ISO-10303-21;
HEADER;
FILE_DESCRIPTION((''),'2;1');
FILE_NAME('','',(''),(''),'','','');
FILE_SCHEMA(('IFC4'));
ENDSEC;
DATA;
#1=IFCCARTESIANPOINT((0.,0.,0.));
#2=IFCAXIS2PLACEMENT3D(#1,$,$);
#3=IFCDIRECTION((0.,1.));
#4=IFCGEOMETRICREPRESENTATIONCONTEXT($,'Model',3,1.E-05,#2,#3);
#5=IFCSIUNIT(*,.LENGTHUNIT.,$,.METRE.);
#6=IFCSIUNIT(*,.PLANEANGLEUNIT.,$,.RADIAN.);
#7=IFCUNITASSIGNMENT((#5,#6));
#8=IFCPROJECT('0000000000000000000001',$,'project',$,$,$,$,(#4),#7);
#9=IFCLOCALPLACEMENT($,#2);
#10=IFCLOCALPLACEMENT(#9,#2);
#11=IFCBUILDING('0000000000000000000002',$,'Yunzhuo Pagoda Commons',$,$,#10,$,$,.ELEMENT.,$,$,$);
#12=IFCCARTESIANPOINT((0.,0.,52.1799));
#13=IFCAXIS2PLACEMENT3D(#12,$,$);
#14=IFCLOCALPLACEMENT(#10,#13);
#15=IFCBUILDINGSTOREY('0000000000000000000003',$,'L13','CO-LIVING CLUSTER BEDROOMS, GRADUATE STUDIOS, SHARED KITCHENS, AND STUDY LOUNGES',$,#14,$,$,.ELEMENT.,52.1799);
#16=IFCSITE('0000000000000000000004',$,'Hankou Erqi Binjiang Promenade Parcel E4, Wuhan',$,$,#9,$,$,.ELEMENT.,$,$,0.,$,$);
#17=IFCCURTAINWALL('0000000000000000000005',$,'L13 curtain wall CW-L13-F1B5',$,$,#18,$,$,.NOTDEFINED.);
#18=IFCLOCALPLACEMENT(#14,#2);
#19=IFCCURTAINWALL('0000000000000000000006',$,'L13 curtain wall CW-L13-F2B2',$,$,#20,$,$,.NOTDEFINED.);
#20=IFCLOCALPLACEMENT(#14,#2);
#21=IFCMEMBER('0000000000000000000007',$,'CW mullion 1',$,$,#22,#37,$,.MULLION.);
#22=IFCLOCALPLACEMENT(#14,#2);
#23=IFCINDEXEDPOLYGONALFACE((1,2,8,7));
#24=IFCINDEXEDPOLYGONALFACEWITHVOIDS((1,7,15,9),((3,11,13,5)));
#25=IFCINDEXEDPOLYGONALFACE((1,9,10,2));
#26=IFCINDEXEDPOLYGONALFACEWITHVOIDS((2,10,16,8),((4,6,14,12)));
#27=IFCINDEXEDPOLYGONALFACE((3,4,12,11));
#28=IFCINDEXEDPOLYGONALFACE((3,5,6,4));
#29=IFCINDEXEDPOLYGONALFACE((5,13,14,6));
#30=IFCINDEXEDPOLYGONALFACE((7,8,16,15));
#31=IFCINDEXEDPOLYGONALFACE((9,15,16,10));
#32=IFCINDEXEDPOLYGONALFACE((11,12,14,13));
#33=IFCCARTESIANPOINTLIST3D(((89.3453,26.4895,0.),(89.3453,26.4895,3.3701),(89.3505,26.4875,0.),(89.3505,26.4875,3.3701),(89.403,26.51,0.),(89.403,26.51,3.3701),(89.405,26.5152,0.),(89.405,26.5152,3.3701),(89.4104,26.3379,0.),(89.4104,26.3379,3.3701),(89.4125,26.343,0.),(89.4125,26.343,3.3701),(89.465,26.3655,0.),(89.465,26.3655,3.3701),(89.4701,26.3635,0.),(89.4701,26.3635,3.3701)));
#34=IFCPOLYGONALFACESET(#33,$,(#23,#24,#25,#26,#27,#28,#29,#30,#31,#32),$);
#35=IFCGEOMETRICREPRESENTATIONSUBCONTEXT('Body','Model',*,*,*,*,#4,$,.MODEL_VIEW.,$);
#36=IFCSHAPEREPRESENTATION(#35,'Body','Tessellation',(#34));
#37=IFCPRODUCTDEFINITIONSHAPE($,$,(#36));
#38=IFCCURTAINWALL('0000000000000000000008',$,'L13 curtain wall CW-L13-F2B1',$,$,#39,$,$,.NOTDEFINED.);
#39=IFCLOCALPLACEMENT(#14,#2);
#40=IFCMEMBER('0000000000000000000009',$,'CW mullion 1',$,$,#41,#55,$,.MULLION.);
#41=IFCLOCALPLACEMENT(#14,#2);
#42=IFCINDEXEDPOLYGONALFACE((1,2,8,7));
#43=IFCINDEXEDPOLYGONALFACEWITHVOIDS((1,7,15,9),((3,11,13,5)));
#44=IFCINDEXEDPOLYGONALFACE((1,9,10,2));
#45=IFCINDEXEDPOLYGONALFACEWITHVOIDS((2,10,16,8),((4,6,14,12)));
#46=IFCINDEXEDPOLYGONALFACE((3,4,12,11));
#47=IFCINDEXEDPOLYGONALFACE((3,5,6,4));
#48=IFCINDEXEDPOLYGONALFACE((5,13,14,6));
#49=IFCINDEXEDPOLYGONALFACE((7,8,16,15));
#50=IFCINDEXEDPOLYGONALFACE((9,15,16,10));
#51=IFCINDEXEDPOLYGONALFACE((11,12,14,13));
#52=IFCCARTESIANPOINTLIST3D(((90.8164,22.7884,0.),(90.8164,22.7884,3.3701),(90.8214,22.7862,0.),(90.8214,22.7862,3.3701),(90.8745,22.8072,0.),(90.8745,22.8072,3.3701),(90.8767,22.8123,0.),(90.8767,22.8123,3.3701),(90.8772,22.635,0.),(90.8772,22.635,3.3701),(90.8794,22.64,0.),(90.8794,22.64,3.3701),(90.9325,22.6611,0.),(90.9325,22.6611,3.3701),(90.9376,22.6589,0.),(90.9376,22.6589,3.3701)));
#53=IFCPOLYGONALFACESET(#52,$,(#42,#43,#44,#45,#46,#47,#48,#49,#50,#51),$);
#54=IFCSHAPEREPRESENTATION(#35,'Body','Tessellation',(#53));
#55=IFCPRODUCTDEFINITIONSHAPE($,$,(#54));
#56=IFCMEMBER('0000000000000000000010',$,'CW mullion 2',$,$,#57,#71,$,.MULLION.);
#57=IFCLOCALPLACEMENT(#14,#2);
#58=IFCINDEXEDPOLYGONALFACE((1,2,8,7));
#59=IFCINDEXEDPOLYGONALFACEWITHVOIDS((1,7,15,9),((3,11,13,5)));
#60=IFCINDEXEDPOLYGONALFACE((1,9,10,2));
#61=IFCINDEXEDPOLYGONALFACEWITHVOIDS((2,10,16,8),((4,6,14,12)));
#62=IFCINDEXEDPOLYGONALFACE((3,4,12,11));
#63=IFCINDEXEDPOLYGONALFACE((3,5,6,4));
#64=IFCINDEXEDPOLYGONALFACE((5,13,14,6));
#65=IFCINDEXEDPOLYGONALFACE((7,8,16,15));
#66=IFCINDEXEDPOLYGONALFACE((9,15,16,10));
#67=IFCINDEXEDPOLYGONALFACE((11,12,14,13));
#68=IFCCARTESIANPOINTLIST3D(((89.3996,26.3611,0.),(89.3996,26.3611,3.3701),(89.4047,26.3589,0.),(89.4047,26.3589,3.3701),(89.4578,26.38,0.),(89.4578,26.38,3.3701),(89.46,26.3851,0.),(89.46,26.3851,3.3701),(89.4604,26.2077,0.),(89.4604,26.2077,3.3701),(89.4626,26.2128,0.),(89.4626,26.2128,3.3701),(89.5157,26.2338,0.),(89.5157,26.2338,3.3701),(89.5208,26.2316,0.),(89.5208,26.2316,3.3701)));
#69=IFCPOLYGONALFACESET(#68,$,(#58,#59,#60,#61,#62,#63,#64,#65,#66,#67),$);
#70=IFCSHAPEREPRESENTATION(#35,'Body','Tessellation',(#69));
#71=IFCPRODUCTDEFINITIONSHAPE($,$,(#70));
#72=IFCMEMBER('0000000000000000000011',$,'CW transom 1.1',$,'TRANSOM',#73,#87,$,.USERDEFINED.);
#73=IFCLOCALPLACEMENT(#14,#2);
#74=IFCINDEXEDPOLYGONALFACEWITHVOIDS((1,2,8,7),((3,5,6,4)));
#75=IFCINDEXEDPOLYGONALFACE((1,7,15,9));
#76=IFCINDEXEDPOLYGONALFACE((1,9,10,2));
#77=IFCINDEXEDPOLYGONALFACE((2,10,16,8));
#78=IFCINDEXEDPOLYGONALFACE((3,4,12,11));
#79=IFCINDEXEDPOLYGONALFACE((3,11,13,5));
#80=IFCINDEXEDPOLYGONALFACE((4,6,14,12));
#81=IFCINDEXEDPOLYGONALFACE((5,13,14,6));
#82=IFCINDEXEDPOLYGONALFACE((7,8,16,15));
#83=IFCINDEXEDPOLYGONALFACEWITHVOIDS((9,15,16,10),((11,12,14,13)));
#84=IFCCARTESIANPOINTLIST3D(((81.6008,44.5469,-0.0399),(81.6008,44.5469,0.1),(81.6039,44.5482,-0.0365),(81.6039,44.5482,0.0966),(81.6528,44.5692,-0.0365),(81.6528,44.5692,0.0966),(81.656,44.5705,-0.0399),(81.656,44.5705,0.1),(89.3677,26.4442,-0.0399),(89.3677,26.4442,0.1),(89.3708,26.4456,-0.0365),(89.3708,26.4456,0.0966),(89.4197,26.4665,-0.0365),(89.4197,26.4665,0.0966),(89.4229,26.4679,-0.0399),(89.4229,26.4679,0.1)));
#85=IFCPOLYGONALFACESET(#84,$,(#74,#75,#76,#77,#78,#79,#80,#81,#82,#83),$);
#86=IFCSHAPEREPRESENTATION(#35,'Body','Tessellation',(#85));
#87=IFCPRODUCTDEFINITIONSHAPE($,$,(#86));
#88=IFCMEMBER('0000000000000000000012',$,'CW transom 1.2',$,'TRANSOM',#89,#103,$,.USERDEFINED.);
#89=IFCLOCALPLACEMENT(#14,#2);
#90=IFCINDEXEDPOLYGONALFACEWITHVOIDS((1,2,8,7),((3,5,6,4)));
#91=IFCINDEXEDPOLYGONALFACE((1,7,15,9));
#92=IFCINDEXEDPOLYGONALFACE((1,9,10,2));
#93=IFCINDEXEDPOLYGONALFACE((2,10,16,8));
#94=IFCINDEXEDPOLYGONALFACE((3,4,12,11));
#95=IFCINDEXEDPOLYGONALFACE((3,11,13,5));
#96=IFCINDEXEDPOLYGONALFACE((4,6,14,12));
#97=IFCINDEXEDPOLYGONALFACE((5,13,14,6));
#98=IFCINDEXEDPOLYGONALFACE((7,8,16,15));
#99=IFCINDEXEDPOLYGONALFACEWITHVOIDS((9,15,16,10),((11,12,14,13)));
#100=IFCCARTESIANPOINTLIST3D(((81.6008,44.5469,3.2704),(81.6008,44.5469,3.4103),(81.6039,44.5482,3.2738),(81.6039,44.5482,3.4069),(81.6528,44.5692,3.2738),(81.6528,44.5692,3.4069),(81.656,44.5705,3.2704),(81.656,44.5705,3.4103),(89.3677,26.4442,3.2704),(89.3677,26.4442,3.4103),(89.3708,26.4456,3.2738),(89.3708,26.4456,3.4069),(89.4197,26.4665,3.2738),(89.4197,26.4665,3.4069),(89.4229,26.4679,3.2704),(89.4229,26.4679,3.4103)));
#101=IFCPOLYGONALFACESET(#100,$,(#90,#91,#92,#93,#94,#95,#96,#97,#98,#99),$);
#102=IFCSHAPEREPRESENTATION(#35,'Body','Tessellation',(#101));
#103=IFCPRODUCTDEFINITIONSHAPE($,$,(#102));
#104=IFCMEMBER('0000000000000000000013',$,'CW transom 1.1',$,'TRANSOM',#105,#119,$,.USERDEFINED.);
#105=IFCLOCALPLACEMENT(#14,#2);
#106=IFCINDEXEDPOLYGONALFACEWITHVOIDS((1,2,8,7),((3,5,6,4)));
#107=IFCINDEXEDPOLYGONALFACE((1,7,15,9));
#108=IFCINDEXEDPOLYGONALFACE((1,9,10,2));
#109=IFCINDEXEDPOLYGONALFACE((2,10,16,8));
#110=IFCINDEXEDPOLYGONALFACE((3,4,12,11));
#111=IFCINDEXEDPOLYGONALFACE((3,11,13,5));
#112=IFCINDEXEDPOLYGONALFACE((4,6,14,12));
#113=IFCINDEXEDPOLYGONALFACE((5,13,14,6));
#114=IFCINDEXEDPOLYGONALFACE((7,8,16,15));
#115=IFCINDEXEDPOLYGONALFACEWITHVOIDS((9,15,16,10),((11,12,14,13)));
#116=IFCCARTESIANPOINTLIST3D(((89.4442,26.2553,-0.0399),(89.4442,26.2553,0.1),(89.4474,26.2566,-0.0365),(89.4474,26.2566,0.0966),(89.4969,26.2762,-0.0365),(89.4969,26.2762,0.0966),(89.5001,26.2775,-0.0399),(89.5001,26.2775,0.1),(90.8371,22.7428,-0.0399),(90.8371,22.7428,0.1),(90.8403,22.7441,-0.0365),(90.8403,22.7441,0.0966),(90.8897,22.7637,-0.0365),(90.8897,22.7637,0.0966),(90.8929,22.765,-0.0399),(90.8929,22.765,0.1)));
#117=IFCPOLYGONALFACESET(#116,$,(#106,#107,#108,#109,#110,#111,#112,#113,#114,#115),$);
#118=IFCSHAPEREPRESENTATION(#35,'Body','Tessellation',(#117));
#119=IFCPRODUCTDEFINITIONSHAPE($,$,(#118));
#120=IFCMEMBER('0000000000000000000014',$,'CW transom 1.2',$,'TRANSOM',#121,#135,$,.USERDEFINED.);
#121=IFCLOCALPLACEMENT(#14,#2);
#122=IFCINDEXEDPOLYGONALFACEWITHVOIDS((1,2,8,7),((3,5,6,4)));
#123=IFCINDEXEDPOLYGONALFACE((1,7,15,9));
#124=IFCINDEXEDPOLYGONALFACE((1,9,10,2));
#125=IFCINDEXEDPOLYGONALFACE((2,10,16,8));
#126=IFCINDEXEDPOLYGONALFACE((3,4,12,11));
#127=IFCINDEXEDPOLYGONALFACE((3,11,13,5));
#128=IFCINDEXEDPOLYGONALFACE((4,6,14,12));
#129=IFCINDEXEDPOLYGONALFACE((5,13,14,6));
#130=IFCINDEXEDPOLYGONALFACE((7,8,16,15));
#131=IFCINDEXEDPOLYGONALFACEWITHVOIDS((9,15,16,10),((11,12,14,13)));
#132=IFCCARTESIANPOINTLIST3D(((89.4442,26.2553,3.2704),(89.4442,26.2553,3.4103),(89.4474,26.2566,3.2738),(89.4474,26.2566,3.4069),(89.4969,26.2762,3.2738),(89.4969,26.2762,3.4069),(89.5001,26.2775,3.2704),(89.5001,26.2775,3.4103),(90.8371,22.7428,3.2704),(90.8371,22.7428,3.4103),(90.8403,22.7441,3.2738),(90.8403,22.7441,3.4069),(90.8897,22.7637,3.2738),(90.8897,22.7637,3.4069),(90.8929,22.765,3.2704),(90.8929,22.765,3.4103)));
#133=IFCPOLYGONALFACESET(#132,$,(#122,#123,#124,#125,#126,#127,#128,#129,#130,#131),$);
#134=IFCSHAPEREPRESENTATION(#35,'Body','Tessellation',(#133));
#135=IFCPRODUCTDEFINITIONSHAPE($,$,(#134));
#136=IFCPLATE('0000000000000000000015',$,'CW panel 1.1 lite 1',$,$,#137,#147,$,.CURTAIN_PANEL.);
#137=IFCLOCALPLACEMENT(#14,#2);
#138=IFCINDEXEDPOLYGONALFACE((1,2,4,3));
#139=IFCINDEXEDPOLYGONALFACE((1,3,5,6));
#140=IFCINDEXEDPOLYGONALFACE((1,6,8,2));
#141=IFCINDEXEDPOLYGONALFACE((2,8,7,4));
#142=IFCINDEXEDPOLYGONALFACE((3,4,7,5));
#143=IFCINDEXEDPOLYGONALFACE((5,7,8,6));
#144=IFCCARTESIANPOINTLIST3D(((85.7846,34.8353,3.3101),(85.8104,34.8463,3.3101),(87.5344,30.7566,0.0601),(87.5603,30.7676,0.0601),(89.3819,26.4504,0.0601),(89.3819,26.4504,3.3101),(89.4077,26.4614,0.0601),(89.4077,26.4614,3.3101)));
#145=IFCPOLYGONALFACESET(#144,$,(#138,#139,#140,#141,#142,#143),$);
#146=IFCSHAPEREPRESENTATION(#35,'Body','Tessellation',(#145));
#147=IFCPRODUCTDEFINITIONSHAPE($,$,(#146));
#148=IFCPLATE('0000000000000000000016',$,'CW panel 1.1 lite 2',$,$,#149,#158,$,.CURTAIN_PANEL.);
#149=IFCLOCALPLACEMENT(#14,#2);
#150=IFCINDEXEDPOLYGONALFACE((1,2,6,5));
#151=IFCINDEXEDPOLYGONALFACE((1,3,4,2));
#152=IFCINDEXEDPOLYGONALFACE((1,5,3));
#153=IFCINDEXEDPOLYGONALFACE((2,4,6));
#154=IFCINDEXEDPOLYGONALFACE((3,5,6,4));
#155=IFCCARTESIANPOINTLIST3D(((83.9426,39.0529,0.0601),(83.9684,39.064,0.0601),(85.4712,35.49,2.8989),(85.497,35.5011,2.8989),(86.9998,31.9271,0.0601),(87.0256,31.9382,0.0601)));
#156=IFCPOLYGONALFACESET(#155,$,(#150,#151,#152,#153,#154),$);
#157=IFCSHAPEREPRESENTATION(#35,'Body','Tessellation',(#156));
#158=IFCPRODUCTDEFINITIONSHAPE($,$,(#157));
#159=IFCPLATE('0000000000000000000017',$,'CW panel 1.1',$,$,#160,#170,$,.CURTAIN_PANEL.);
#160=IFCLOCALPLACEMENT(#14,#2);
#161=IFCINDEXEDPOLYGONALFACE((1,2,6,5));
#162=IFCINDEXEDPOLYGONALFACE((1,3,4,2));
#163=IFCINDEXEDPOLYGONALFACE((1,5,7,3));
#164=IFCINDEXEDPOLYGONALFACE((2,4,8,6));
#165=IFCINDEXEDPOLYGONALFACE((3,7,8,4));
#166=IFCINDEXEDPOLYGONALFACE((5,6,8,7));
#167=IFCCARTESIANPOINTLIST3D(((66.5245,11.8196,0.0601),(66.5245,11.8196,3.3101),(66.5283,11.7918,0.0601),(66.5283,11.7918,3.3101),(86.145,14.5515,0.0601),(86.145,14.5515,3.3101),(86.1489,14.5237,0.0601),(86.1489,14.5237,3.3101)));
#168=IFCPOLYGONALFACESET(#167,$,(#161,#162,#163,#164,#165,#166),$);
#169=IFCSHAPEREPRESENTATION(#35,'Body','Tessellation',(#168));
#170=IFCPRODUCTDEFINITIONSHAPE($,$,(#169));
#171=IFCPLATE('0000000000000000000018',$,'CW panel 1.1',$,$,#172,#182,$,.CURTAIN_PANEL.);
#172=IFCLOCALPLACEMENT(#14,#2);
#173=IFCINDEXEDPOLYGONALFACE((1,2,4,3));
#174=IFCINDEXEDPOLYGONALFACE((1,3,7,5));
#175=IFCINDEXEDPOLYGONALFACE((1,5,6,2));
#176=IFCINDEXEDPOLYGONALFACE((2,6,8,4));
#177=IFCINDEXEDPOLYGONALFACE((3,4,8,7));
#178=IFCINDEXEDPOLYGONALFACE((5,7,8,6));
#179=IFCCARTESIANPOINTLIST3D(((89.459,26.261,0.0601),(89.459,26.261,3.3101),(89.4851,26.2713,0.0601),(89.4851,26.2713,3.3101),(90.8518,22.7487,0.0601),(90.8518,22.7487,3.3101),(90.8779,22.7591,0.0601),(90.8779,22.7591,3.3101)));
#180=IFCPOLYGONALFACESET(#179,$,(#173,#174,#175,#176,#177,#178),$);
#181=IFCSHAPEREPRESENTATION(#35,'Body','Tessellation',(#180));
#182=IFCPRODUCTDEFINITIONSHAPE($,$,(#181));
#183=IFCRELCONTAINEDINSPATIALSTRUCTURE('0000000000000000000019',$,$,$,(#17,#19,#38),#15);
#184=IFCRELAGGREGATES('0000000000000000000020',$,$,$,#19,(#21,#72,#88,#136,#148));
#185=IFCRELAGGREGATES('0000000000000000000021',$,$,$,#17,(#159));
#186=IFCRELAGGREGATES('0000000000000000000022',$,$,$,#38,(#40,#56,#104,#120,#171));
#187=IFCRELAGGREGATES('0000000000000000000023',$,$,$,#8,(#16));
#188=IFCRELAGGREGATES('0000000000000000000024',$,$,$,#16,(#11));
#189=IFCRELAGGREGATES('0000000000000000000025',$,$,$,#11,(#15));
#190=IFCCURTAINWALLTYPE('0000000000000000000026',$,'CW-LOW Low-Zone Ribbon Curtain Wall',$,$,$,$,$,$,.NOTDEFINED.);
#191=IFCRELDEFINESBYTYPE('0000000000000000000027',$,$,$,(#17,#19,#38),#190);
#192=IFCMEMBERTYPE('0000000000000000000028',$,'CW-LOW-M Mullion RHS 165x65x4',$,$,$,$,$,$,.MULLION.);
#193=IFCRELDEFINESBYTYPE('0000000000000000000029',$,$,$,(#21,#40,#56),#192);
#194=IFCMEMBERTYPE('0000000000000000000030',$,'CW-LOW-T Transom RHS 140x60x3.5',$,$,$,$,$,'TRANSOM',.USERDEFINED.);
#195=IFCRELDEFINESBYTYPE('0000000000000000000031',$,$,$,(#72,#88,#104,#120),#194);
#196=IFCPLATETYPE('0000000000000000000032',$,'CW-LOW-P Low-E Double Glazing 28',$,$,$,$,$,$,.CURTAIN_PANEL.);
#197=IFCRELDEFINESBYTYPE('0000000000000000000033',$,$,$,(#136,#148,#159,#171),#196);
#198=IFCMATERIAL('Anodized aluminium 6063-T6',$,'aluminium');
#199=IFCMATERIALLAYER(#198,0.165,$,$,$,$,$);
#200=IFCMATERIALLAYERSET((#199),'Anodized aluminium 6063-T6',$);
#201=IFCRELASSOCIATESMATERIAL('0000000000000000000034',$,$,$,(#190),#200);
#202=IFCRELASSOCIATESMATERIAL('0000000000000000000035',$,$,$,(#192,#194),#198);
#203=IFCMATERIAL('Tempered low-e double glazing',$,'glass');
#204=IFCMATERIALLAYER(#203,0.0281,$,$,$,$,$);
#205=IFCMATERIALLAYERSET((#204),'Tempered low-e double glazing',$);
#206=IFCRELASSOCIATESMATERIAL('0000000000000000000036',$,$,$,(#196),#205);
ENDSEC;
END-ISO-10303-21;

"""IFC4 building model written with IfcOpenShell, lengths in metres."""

from ifc_helpers import new_model, si_unit, direction, frame, origin, origin_2d, place, context, subcontext, project, spatial, polyline, rectangle, hollow_rectangle, outline, extrude, source, transform, mapped, material, layer, layer_set, material_profile, profile_set, type_object, element, aggregate, save


model = new_model("IFC4")

# Units and contexts
model_context = context("Model", 3, precision=1e-05, world=origin(), true_north=direction((0.0, 1.0)))
body_context = subcontext(model_context, "Body", "Model", "MODEL_VIEW")
ifc_project = project(units=[si_unit("LENGTHUNIT", "METRE"), si_unit("PLANEANGLEUNIT", "RADIAN")], contexts=[model_context])

# Site, building, storey
site_placement = place(None, origin())
site = spatial("IfcSite", under=ifc_project, at=site_placement, Name="Hankou Erqi Binjiang Promenade Parcel E4, Wuhan", CompositionType="ELEMENT", RefElevation=0.0)
building_placement = place(site_placement, origin())
building = spatial("IfcBuilding", under=site, at=building_placement, Name="Yunzhuo Pagoda Commons", CompositionType="ELEMENT")
storey_placement = place(building_placement, frame((0.0, 0.0, 52.1799)))
storey = spatial("IfcBuildingStorey", under=building, at=storey_placement, Name="L13", Description="CO-LIVING CLUSTER BEDROOMS, GRADUATE STUDIOS, SHARED KITCHENS, AND STUDY LOUNGES", CompositionType="ELEMENT", Elevation=52.1799)

# Curtain walls, member
ifc_material_1 = material(Name="Anodized aluminium 6063-T6", Category="aluminium")
ifc_layer_1 = layer(ifc_material_1, 0.165)
ifc_layer_set_1 = layer_set([ifc_layer_1], Name="Anodized aluminium 6063-T6")
curtain_wall_type = type_object("IfcCurtainWallType", Name="CW-LOW Low-Zone Ribbon Curtain Wall", PredefinedType="NOTDEFINED", material=ifc_layer_set_1)
curtain_wall_1_placement = place(storey_placement, origin())
curtain_wall_1 = element("IfcCurtainWall", 1, at=curtain_wall_1_placement, inside=storey, type_object=curtain_wall_type, Name="L13 curtain wall CW-L13-F1B5", PredefinedType="NOTDEFINED")
ifc_material_profile_1 = material_profile(ifc_material_1, hollow_rectangle(XDim=0.0649, YDim=0.165, WallThickness=0.0039, at=origin_2d()), Name="Anodized aluminium 6063-T6")
ifc_profile_set_1 = profile_set([ifc_material_profile_1], Name="Anodized aluminium 6063-T6")
member_type_1 = type_object("IfcMemberType", Name="CW-LOW-M Mullion RHS 165x65x4", PredefinedType="MULLION", material=ifc_profile_set_1)
shared_shape_1 = source(origin(), body_context, "Body", "SweptSolid", [
    extrude(hollow_rectangle(XDim=0.0649, YDim=0.165, WallThickness=0.0039, at=origin_2d()), origin(), (0.0, 0.0, 1.0), 3.3701),
])
curtain_wall_2_placement = place(storey_placement, origin())
curtain_wall_2 = element("IfcCurtainWall", 2, at=curtain_wall_2_placement, inside=storey, type_object=curtain_wall_type, Name="L13 curtain wall CW-L13-F2B2", PredefinedType="NOTDEFINED")
member_1_placement = place(storey_placement, frame((89.4077, 26.4265, 0.0), z_axis=(0.0, 0.0, 1.0), x_axis=(-0.918993, -0.394274, 0.0)))
member_1 = element("IfcMember", 3, at=member_1_placement, type_object=member_type_1, Name="CW mullion 1", PredefinedType="MULLION", context=body_context, shape_type="MappedRepresentation", body=[
    mapped(shared_shape_1, transform((0.0, 0.0, 0.0), scale=1.0)),
])

# Curtain wall, members
curtain_wall_3_placement = place(storey_placement, origin())
curtain_wall_3 = element("IfcCurtainWall", 4, at=curtain_wall_3_placement, inside=storey, type_object=curtain_wall_type, Name="L13 curtain wall CW-L13-F2B1", PredefinedType="NOTDEFINED")
member_2_placement = place(storey_placement, frame((90.877, 22.7236, 0.0), z_axis=(0.0, 0.0, 1.0), x_axis=(-0.929582, -0.368614, 0.0)))
member_2 = element("IfcMember", 5, at=member_2_placement, type_object=member_type_1, Name="CW mullion 1", PredefinedType="MULLION", context=body_context, shape_type="MappedRepresentation", body=[
    mapped(shared_shape_1, transform((0.0, 0.0, 0.0), scale=1.0)),
])
member_3_placement = place(storey_placement, frame((89.4602, 26.2964, 0.0), z_axis=(0.0, 0.0, 1.0), x_axis=(-0.929582, -0.368614, 0.0)))
member_3 = element("IfcMember", 6, at=member_3_placement, type_object=member_type_1, Name="CW mullion 2", PredefinedType="MULLION", context=body_context, shape_type="MappedRepresentation", body=[
    mapped(shared_shape_1, transform((0.0, 0.0, 0.0), scale=1.0)),
])

# Members
ifc_material_profile_2 = material_profile(ifc_material_1, hollow_rectangle(XDim=0.0601, YDim=0.1399, WallThickness=0.0034, at=origin_2d()), Name="Anodized aluminium 6063-T6")
ifc_profile_set_2 = profile_set([ifc_material_profile_2], Name="Anodized aluminium 6063-T6")
member_type_2 = type_object("IfcMemberType", Name="CW-LOW-T Transom RHS 140x60x3.5", ElementType="TRANSOM", PredefinedType="USERDEFINED", material=ifc_profile_set_2)
shared_shape_2 = source(origin(), body_context, "Body", "SweptSolid", [
    extrude(hollow_rectangle(XDim=0.0601, YDim=0.1399, WallThickness=0.0034, at=origin_2d()), origin(), (0.0, 0.0, 1.0), 19.6985),
])
member_4_placement = place(storey_placement, frame((89.3953, 26.4561, 0.03), z_axis=(-0.394289, 0.918987, 0.0), x_axis=(-0.918987, -0.394289, 0.0)))
member_4 = element("IfcMember", 7, at=member_4_placement, type_object=member_type_2, Name="CW transom 1.1", ObjectType="TRANSOM", PredefinedType="USERDEFINED", context=body_context, shape_type="MappedRepresentation", body=[
    mapped(shared_shape_2, transform((0.0, 0.0, 0.0), scale=1.0)),
])
member_5_placement = place(storey_placement, frame((89.3953, 26.4561, 3.3403), z_axis=(-0.394289, 0.918987, 0.0), x_axis=(-0.918987, -0.394289, 0.0)))
member_5 = element("IfcMember", 8, at=member_5_placement, type_object=member_type_2, Name="CW transom 1.2", ObjectType="TRANSOM", PredefinedType="USERDEFINED", context=body_context, shape_type="MappedRepresentation", body=[
    mapped(shared_shape_2, transform((0.0, 0.0, 0.0), scale=1.0)),
])
shared_shape_3 = source(origin(), body_context, "Body", "SweptSolid", [
    extrude(hollow_rectangle(XDim=0.0601, YDim=0.1399, WallThickness=0.0034, at=origin_2d()), origin(), (0.0, 0.0, 1.0), 3.7786),
])
member_6_placement = place(storey_placement, frame((90.865, 22.7539, 0.03), z_axis=(-0.368615, 0.929582, 0.0), x_axis=(-0.929582, -0.368615, 0.0)))
member_6 = element("IfcMember", 9, at=member_6_placement, type_object=member_type_2, Name="CW transom 1.1", ObjectType="TRANSOM", PredefinedType="USERDEFINED", context=body_context, shape_type="MappedRepresentation", body=[
    mapped(shared_shape_3, transform((0.0, 0.0, 0.0), scale=1.0)),
])
member_7_placement = place(storey_placement, frame((90.865, 22.7539, 3.3403), z_axis=(-0.368615, 0.929582, 0.0), x_axis=(-0.929582, -0.368615, 0.0)))
member_7 = element("IfcMember", 10, at=member_7_placement, type_object=member_type_2, Name="CW transom 1.2", ObjectType="TRANSOM", PredefinedType="USERDEFINED", context=body_context, shape_type="MappedRepresentation", body=[
    mapped(shared_shape_3, transform((0.0, 0.0, 0.0), scale=1.0)),
])

# Plates
ifc_material_2 = material(Name="Tempered low-e double glazing", Category="glass")
ifc_layer_2 = layer(ifc_material_2, 0.0281)
ifc_layer_set_2 = layer_set([ifc_layer_2], Name="Tempered low-e double glazing")
plate_type = type_object("IfcPlateType", Name="CW-LOW-P Low-E Double Glazing 28", PredefinedType="CURTAIN_PANEL", material=ifc_layer_set_2)
plate_1_placement = place(storey_placement, frame((87.5833, 30.6428, 1.6851), z_axis=(0.918993, 0.394274, 0.0), x_axis=(-0.394274, 0.918993, 0.0)))
plate_1 = element("IfcPlate", 11, at=plate_1_placement, type_object=plate_type, Name="CW panel 1.1 lite 1", PredefinedType="CURTAIN_PANEL", context=body_context, shape_type="SweptSolid", body=[
    extrude(outline(polyline([(-4.562, -1.625), (0.1238, -1.625), (4.562, 1.625), (-4.562, 1.625), (-4.562, -1.625)])), origin(), (0.0, 0.0, 1.0), 0.0281),
])
plate_2_placement = place(storey_placement, frame((85.4712, 35.49, 1.4795), z_axis=(0.918993, 0.394274, 0.0), x_axis=(-0.394274, 0.918993, 0.0)))
plate_2 = element("IfcPlate", 12, at=plate_2_placement, type_object=plate_type, Name="CW panel 1.1 lite 2", PredefinedType="CURTAIN_PANEL", context=body_context, shape_type="SweptSolid", body=[
    extrude(outline(polyline([(-3.877, -1.4194), (3.877, -1.4194), (0.0, 1.4194), (-3.877, -1.4194)])), origin(), (0.0, 0.0, 1.0), 0.0281),
])
aggregate(curtain_wall_2, [member_1, member_4, member_5, plate_1, plate_2])
shared_shape_4 = source(origin(), body_context, "Body", "SweptSolid", [
    extrude(rectangle(XDim=19.8098, YDim=0.0281, at=origin_2d()), origin(), (0.0, 0.0, 1.0), 3.25),
])
plate_3_placement = place(storey_placement, frame((76.3367, 13.1716, 0.0601), z_axis=(0.0, 0.0, 1.0), x_axis=(0.990445, 0.137905, 0.0)))
plate_3 = element("IfcPlate", 13, at=plate_3_placement, type_object=plate_type, Name="CW panel 1.1", PredefinedType="CURTAIN_PANEL", context=body_context, shape_type="MappedRepresentation", body=[
    mapped(shared_shape_4, transform((0.0, 0.0, 0.0), scale=1.0)),
])
aggregate(curtain_wall_1, [plate_3])
shared_shape_5 = source(origin(), body_context, "Body", "SweptSolid", [
    extrude(rectangle(XDim=3.7783, YDim=0.0281, at=origin_2d()), origin(), (0.0, 0.0, 1.0), 3.25),
])
plate_4_placement = place(storey_placement, frame((90.1685, 24.51, 0.0601), z_axis=(0.0, 0.0, 1.0), x_axis=(-0.368614, 0.929582, 0.0)))
plate_4 = element("IfcPlate", 14, at=plate_4_placement, type_object=plate_type, Name="CW panel 1.1", PredefinedType="CURTAIN_PANEL", context=body_context, shape_type="MappedRepresentation", body=[
    mapped(shared_shape_5, transform((0.0, 0.0, 0.0), scale=1.0)),
])
aggregate(curtain_wall_3, [member_2, member_3, member_6, member_7, plate_4])

save(model, "model.ifc")
